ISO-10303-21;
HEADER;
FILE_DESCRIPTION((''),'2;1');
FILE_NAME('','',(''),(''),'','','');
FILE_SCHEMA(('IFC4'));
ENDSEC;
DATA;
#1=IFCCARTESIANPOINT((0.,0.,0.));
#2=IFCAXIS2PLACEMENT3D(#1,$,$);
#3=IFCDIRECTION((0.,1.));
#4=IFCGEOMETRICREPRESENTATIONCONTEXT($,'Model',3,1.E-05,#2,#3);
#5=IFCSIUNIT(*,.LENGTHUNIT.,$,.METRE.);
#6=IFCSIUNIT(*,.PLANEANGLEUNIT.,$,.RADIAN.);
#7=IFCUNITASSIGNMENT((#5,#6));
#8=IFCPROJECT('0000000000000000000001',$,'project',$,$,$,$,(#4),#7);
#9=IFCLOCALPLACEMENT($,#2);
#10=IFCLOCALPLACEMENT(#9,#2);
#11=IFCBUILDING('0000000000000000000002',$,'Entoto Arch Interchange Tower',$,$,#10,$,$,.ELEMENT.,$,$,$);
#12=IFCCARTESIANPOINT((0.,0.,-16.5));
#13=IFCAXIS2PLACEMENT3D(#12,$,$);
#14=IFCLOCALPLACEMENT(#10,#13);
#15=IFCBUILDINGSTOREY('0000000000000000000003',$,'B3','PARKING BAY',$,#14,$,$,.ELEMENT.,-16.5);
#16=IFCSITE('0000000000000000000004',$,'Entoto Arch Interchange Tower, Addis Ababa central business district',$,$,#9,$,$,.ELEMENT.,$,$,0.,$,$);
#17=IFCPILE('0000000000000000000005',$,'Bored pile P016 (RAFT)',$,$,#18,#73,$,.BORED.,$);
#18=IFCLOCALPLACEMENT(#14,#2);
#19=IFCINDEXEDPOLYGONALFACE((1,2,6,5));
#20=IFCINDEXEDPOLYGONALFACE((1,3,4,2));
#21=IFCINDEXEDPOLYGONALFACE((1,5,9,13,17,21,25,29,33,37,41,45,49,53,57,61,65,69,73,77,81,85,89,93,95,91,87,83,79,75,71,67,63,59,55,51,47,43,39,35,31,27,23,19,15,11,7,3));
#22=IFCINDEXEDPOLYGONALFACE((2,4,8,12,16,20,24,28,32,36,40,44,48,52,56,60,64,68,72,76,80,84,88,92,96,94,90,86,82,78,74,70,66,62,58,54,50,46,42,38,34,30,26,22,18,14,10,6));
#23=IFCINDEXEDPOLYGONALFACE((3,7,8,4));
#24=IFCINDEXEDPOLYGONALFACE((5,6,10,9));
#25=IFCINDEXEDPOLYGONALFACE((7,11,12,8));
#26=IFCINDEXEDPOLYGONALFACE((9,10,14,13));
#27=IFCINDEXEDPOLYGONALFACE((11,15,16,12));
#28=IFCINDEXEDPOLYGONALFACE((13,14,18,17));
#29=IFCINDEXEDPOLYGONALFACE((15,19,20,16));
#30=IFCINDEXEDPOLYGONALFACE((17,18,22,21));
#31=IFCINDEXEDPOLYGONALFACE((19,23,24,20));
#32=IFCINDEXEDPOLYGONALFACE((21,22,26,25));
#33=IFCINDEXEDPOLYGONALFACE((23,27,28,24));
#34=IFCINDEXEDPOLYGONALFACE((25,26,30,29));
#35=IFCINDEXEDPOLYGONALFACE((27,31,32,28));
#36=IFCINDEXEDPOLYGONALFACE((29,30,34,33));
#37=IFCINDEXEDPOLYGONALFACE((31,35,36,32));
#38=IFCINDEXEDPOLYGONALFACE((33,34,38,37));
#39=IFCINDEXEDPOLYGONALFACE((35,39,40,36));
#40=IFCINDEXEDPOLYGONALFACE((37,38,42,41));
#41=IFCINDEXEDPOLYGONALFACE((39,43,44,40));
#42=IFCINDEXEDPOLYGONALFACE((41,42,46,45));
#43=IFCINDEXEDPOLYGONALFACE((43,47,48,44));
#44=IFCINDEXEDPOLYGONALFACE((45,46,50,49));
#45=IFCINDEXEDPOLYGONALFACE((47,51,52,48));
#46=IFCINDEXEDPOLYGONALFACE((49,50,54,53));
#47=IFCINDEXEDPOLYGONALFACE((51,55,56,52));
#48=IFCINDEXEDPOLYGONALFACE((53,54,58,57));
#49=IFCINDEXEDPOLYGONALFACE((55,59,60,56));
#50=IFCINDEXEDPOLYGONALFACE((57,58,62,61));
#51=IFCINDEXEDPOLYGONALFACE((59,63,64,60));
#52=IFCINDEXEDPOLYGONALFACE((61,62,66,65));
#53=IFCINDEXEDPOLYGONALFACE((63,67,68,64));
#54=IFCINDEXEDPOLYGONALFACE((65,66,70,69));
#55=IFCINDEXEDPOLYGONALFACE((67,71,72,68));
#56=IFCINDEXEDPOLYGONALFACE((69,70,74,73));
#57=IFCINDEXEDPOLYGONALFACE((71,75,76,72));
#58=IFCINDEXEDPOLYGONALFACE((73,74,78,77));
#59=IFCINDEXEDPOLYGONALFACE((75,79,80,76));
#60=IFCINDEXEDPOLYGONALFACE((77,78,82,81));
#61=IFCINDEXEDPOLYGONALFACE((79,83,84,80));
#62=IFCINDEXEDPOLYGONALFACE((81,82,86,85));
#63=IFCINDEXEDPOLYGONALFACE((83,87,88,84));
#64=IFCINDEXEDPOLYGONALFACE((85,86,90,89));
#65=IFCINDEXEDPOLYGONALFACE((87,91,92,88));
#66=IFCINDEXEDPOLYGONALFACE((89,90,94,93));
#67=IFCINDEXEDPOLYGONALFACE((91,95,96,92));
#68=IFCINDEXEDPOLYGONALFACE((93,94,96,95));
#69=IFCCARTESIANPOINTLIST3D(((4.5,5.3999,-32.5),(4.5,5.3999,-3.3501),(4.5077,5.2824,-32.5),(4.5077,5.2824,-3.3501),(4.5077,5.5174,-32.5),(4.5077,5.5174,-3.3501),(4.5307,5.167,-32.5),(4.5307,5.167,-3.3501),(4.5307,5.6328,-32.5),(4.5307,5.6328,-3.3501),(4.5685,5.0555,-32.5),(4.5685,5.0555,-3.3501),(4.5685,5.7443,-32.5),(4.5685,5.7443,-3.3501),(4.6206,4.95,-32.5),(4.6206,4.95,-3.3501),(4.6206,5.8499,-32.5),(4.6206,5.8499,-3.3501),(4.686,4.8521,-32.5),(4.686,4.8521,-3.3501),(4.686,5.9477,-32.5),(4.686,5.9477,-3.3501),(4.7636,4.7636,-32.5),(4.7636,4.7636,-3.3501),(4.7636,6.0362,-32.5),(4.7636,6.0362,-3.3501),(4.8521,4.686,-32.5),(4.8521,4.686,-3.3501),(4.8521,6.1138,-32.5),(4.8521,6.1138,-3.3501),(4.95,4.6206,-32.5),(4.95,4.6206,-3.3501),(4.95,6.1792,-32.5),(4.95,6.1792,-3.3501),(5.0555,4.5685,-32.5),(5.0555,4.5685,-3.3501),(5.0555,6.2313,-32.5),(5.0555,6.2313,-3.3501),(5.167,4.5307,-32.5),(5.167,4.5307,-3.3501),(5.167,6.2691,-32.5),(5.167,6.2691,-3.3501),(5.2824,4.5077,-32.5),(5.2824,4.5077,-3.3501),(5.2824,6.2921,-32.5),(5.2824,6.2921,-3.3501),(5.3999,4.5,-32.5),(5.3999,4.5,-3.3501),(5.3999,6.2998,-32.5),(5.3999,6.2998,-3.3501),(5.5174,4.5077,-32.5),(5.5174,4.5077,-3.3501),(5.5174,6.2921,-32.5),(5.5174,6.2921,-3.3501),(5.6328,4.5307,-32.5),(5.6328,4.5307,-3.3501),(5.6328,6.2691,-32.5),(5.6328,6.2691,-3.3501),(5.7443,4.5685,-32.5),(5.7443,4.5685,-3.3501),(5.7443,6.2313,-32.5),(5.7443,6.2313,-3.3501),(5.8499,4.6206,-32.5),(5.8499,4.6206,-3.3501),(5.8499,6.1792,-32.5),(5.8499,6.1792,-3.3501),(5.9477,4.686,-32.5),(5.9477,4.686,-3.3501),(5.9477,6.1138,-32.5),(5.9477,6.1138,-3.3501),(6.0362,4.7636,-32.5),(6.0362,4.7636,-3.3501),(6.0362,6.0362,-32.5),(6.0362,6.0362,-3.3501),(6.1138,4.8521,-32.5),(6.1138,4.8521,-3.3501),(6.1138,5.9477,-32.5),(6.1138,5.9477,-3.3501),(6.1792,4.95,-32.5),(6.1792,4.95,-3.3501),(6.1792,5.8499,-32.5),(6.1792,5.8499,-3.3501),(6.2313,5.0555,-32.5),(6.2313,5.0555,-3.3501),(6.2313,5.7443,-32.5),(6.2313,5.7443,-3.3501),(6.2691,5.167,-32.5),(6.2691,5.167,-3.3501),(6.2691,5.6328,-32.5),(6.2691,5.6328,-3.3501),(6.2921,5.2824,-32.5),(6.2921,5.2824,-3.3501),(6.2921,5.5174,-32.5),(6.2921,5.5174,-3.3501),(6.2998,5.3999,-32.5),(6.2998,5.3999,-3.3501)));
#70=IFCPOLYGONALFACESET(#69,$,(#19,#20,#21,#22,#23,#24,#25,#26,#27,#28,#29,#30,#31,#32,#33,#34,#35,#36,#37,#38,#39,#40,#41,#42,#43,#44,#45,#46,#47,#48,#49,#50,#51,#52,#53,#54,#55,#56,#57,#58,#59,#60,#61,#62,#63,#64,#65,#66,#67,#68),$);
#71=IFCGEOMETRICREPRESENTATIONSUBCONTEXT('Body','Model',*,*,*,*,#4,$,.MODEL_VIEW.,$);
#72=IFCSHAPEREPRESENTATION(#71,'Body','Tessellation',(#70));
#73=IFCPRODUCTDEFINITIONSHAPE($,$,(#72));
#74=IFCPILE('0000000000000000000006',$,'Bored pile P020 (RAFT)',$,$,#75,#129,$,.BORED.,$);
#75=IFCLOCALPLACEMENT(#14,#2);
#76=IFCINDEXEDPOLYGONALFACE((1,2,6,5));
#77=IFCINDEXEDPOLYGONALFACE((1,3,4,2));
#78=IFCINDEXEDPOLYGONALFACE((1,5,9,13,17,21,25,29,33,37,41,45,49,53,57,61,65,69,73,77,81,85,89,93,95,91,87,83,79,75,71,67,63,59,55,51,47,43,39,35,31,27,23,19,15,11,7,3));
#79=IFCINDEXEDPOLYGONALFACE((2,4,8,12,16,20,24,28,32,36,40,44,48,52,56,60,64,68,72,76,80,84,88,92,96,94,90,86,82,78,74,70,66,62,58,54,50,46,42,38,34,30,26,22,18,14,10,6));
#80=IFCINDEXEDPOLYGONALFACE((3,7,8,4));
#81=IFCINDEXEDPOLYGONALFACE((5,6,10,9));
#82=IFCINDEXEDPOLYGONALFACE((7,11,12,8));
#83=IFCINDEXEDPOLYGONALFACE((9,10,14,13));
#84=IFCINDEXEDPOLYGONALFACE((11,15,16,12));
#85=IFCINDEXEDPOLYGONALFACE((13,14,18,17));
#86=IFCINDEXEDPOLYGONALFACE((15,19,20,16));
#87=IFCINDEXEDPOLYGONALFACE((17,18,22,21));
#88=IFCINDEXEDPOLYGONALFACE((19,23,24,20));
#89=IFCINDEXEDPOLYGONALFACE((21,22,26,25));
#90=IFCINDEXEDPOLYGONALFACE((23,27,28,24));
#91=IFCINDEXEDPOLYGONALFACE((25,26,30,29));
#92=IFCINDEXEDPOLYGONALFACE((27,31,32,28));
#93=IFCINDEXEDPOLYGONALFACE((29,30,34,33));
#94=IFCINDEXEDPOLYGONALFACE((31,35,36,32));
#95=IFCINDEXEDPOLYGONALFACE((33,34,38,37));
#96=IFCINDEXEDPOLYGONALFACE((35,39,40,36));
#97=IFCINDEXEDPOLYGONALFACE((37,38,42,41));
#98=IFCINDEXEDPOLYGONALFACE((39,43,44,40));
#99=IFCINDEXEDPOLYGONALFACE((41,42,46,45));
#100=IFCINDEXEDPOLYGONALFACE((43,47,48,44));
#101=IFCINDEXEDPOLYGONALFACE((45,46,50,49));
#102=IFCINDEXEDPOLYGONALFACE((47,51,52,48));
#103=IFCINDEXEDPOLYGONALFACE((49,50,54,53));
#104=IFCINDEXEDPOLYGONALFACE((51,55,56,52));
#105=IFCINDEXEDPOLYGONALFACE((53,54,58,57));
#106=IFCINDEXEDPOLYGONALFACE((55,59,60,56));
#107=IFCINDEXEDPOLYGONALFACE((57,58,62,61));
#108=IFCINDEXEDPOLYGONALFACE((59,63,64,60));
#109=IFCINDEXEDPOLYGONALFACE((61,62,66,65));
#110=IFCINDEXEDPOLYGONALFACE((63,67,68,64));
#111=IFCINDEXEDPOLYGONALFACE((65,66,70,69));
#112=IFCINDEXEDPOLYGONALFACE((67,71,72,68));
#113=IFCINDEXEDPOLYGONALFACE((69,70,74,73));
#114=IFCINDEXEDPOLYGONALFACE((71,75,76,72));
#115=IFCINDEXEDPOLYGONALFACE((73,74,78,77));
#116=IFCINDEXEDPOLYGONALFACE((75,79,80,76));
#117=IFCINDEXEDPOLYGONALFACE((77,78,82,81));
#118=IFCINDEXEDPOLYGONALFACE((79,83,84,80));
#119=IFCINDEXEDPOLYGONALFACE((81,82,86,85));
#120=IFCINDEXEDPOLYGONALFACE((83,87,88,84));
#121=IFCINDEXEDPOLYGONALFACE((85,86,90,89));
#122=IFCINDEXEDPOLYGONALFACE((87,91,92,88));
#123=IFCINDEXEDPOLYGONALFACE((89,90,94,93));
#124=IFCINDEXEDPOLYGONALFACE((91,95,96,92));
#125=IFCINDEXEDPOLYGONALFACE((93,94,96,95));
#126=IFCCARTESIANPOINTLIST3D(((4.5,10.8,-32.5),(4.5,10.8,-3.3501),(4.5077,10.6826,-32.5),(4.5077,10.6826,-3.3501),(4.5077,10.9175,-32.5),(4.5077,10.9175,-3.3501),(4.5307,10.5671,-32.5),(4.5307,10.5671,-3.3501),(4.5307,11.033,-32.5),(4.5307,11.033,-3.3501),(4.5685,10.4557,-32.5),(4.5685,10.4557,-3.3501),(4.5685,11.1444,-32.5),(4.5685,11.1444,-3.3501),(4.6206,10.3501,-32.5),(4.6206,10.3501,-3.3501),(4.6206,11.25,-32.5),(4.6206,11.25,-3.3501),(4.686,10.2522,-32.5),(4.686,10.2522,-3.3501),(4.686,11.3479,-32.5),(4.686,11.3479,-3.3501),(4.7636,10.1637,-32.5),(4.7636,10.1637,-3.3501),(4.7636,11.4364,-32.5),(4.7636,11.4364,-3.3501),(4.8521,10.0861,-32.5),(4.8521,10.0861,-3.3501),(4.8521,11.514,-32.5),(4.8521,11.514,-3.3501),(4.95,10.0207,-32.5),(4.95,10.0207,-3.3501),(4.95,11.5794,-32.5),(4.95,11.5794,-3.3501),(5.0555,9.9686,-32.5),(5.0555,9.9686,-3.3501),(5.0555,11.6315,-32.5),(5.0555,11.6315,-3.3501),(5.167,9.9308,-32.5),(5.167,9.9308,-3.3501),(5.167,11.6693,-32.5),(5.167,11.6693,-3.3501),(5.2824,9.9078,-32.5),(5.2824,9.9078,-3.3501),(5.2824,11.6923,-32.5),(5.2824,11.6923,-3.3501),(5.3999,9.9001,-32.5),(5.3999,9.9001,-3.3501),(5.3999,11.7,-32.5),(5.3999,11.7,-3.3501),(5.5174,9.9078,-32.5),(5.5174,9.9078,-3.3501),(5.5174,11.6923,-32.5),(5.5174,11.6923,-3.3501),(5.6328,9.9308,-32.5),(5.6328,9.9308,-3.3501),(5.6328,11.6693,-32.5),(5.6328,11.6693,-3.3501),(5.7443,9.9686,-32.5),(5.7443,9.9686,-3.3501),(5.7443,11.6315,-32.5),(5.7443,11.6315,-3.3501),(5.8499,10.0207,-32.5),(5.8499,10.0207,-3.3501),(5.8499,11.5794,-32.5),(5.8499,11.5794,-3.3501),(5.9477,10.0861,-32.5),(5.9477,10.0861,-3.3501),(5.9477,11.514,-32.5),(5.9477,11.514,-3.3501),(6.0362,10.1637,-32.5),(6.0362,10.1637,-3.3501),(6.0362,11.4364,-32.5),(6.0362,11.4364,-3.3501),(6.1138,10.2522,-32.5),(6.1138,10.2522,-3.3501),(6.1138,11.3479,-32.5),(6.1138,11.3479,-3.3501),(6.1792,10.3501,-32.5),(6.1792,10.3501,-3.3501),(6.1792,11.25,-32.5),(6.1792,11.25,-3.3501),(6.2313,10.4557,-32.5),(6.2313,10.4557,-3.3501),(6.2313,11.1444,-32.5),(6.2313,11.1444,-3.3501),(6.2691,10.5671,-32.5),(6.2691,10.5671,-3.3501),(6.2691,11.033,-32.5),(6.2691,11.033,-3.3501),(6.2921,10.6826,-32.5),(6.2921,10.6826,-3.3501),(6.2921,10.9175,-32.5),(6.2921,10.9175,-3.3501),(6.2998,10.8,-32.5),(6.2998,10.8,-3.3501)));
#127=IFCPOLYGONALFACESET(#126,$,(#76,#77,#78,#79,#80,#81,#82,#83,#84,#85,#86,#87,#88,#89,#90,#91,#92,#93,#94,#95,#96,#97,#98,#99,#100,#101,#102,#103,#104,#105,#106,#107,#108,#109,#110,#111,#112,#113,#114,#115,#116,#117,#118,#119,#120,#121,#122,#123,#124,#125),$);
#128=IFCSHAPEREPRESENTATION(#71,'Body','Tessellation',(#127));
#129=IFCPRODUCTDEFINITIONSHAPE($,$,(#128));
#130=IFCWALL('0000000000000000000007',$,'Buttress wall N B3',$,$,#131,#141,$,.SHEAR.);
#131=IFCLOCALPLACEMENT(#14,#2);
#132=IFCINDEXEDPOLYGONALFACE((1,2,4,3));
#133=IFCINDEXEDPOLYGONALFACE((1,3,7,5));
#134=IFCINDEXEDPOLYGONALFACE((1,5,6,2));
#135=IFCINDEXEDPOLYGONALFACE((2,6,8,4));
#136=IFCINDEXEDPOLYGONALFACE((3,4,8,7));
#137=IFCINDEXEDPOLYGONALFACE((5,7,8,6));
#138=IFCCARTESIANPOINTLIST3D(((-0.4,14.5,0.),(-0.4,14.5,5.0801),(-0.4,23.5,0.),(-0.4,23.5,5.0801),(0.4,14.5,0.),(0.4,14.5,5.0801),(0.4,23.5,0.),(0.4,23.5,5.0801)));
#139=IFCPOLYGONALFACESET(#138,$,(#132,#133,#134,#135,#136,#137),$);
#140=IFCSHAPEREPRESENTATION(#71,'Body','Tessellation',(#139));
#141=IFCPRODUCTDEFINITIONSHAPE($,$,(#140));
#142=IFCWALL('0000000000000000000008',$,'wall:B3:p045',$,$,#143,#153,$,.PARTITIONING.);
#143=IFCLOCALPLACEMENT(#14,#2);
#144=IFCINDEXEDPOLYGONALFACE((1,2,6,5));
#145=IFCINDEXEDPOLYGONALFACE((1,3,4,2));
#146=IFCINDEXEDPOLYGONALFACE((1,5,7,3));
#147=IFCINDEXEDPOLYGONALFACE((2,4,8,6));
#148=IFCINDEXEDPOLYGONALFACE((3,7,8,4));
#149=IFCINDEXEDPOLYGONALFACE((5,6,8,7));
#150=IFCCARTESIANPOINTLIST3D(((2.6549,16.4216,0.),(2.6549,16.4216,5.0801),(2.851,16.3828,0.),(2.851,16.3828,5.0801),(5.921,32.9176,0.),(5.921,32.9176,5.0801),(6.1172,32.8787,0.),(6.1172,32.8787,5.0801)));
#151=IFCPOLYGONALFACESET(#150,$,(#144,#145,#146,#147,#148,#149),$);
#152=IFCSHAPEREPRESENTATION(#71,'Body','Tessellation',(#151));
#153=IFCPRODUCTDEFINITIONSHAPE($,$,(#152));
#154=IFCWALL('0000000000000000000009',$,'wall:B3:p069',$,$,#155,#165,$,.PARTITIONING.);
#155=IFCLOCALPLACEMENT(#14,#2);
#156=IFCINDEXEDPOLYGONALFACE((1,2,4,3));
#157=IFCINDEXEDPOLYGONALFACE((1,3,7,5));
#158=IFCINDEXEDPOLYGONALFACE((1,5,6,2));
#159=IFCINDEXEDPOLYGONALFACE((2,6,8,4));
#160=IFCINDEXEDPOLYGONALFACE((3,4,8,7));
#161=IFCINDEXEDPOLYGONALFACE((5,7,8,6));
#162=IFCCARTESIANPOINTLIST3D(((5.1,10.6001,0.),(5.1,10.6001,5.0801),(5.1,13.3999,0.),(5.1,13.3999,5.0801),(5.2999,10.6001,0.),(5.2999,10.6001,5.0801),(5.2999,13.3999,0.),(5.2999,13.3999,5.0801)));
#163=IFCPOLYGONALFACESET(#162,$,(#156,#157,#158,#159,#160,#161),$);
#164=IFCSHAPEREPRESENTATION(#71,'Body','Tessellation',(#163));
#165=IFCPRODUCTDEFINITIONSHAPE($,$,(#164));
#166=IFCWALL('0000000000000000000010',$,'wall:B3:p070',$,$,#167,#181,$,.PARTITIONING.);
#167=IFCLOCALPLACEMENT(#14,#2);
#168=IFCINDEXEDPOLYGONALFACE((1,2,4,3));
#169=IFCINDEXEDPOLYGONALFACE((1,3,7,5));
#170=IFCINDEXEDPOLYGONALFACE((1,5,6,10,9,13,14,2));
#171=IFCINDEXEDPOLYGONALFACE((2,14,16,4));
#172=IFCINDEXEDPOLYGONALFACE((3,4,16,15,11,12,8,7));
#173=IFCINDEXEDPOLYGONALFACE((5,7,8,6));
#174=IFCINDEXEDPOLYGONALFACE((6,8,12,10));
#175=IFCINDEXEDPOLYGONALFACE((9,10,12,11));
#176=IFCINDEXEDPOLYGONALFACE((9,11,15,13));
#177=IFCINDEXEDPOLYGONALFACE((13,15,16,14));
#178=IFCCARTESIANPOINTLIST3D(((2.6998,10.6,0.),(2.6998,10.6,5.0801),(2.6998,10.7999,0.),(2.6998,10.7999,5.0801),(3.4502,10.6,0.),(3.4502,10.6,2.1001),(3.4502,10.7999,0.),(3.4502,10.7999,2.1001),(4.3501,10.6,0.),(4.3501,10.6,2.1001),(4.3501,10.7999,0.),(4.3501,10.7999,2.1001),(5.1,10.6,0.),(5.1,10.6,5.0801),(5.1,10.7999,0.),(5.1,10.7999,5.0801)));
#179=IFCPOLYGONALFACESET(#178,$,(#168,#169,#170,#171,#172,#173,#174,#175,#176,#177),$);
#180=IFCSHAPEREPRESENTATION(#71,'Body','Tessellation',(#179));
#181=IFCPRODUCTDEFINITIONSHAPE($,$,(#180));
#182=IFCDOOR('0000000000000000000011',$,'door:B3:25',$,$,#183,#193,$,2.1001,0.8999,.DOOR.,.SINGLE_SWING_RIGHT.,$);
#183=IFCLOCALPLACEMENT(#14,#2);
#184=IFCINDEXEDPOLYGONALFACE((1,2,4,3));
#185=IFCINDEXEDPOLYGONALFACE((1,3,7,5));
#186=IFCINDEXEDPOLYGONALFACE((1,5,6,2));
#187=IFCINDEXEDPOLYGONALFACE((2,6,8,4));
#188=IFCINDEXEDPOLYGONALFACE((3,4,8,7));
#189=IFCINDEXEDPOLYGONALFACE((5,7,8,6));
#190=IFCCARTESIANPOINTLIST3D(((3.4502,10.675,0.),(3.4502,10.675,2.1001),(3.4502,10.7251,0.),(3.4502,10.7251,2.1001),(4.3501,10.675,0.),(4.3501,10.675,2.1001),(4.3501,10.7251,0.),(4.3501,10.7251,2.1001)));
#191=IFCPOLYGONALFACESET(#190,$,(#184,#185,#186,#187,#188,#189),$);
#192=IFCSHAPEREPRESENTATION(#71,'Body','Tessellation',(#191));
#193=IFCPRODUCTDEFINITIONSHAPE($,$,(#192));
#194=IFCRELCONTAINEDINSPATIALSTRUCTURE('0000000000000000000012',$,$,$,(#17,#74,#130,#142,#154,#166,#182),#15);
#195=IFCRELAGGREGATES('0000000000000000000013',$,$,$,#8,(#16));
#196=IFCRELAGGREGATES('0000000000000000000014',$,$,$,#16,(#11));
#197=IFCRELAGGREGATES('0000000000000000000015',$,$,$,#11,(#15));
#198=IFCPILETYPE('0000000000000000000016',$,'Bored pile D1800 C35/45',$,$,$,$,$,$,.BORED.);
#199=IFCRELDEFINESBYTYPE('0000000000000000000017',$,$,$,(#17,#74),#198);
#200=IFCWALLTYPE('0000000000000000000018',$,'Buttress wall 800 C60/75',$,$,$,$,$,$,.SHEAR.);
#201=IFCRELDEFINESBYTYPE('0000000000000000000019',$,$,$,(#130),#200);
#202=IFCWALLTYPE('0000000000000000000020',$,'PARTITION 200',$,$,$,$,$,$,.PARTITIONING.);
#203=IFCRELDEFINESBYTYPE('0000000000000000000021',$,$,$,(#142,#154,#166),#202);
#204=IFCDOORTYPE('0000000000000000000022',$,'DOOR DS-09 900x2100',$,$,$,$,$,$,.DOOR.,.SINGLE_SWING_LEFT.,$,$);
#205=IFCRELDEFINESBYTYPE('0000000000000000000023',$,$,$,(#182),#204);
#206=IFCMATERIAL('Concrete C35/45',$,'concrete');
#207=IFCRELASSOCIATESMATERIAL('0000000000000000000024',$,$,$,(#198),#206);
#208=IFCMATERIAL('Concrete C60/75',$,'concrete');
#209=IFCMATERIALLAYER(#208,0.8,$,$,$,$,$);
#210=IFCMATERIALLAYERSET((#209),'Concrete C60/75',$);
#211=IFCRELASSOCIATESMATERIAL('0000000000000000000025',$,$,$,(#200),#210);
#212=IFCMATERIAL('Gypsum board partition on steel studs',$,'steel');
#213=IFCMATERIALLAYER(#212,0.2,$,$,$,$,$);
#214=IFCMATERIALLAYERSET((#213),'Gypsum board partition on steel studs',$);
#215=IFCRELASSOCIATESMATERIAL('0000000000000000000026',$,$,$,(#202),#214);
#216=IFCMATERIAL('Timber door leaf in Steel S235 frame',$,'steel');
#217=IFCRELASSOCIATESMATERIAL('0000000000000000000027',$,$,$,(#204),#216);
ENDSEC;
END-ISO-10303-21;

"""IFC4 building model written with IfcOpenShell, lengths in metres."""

from ifc_helpers import new_model, si_unit, direction, frame, frame_2d, origin, origin_2d, place, context, subcontext, project, spatial, rectangle, circle, extrude, material, layer, layer_set, material_profile, profile_set, type_object, element, fill, save


model = new_model("IFC4")

# Units and contexts
model_context = context("Model", 3, precision=1e-05, world=origin(), true_north=direction((0.0, 1.0)))
body_context = subcontext(model_context, "Body", "Model", "MODEL_VIEW")
ifc_project = project(units=[si_unit("LENGTHUNIT", "METRE"), si_unit("PLANEANGLEUNIT", "RADIAN")], contexts=[model_context])

# Site, building, storey
site_placement = place(None, origin())
site = spatial("IfcSite", under=ifc_project, at=site_placement, Name="Entoto Arch Interchange Tower, Addis Ababa central business district", CompositionType="ELEMENT", RefElevation=0.0)
building_placement = place(site_placement, origin())
building = spatial("IfcBuilding", under=site, at=building_placement, Name="Entoto Arch Interchange Tower", CompositionType="ELEMENT")
storey_placement = place(building_placement, frame((0.0, 0.0, -16.5)))
storey = spatial("IfcBuildingStorey", under=building, at=storey_placement, Name="B3", Description="PARKING BAY", CompositionType="ELEMENT", Elevation=-16.5)

# Piles
ifc_material_1 = material(Name="Concrete C35/45", Category="concrete")
ifc_material_profile = material_profile(ifc_material_1, circle(Radius=0.8999, at=origin_2d()))
ifc_profile_set = profile_set([ifc_material_profile], Name="Concrete C35/45")
pile_type = type_object("IfcPileType", Name="Bored pile D1800 C35/45", PredefinedType="BORED", material=ifc_profile_set)
for number, where, z_axis, x_axis, name in (
    (1, (5.3999, 5.3999, -3.3501), (0.0, 0.0, -1.0), (1.0, 0.0, 0.0), "Bored pile P016 (RAFT)"),
    (2, (5.3999, 10.8, -3.3501), (0.0, 0.0, -1.0), (1.0, 0.0, 0.0), "Bored pile P020 (RAFT)"),
):
    element("IfcPile", number, at=place(storey_placement, frame(where, z_axis=z_axis, x_axis=x_axis)), inside=storey, type_object=pile_type, Name=name, PredefinedType="BORED", context=body_context, shape_type="SweptSolid", body=[
        extrude(circle(Radius=0.8999, at=origin_2d()), origin(), (0.0, 0.0, 1.0), 29.1499),
    ])

# Walls
ifc_material_2 = material(Name="Concrete C60/75", Category="concrete")
ifc_layer_1 = layer(ifc_material_2, 0.8)
ifc_layer_set_1 = layer_set([ifc_layer_1], Name="Concrete C60/75")
wall_type_1 = type_object("IfcWallType", Name="Buttress wall 800 C60/75", PredefinedType="SHEAR", material=ifc_layer_set_1)
wall_1_placement = place(storey_placement, frame((0.0, 14.5, 0.0), z_axis=(0.0, 0.0, 1.0), x_axis=(0.0, 1.0, 0.0)))
element("IfcWall", 3, at=wall_1_placement, inside=storey, type_object=wall_type_1, Name="Buttress wall N B3", PredefinedType="SHEAR", context=body_context, shape_type="SweptSolid", body=[
    extrude(rectangle(XDim=9.0, YDim=0.8, at=frame_2d((4.5, 0.0))), origin(), (0.0, 0.0, 1.0), 5.0801),
])
ifc_material_3 = material(Name="Gypsum board partition on steel studs", Category="steel")
ifc_layer_2 = layer(ifc_material_3, 0.2)
ifc_layer_set_2 = layer_set([ifc_layer_2], Name="Gypsum board partition on steel studs")
wall_type_2 = type_object("IfcWallType", Name="PARTITION 200", PredefinedType="PARTITIONING", material=ifc_layer_set_2)
wall_2_placement = place(storey_placement, frame((2.7529, 16.4021, 0.0), z_axis=(0.0, 0.0, 1.0), x_axis=(0.194226, 0.980957, 0.0)))
element("IfcWall", 4, at=wall_2_placement, inside=storey, type_object=wall_type_2, Name="wall:B3:p045", PredefinedType="PARTITIONING", context=body_context, shape_type="SweptSolid", body=[
    extrude(rectangle(XDim=16.8162, YDim=0.2, at=frame_2d((8.4082, 0.0))), origin(), (0.0, 0.0, 1.0), 5.0801),
])
wall_3_placement = place(storey_placement, frame((5.2, 13.3999, 0.0), z_axis=(0.0, 0.0, 1.0), x_axis=(0.0, -1.0, 0.0)))
element("IfcWall", 5, at=wall_3_placement, inside=storey, type_object=wall_type_2, Name="wall:B3:p069", PredefinedType="PARTITIONING", context=body_context, shape_type="SweptSolid", body=[
    extrude(rectangle(XDim=2.7998, YDim=0.2, at=frame_2d((1.3999, 0.0))), origin(), (0.0, 0.0, 1.0), 5.0801),
])

# Wall, opening, door
wall_4_placement = place(storey_placement, frame((5.1001, 10.7, 0.0), z_axis=(0.0, 0.0, 1.0), x_axis=(-1.0, 0.0, 0.0)))
wall_4 = element("IfcWall", 6, at=wall_4_placement, inside=storey, type_object=wall_type_2, Name="wall:B3:p070", PredefinedType="PARTITIONING", context=body_context, shape_type="SweptSolid", body=[
    extrude(rectangle(XDim=2.4001, YDim=0.2, at=frame_2d((1.2002, 0.0))), origin(), (0.0, 0.0, 1.0), 5.0801),
])
opening_placement = place(wall_4_placement, frame((0.75, 0.0, 0.0)))
opening = element("IfcOpeningElement", 7, at=opening_placement, cuts=wall_4, PredefinedType="OPENING", context=body_context, shape_type="SweptSolid", body=[
    extrude(rectangle(XDim=0.8999, YDim=2.1001, at=frame_2d((0.45, 1.05))), frame((0.0, 0.1099, 0.0), z_axis=(0.0, -1.0, 0.0), x_axis=(1.0, 0.0, 0.0)), (0.0, 0.0, 1.0), 0.22),
])
ifc_material_4 = material(Name="Timber door leaf in Steel S235 frame", Category="steel")
door_type = type_object("IfcDoorType", Name="DOOR DS-09 900x2100", OperationType="SINGLE_SWING_LEFT", PredefinedType="DOOR", material=ifc_material_4)
door_placement = place(opening_placement, origin())
door = element("IfcDoor", 8, at=door_placement, inside=storey, type_object=door_type, Name="door:B3:25", OperationType="SINGLE_SWING_RIGHT", OverallHeight=2.1001, OverallWidth=0.8999, PredefinedType="DOOR", context=body_context, shape_type="SweptSolid", body=[
    extrude(rectangle(XDim=0.8999, YDim=2.1001, at=frame_2d((0.45, 1.05))), frame((0.0, 0.0249, 0.0), z_axis=(0.0, -1.0, 0.0), x_axis=(1.0, 0.0, 0.0)), (0.0, 0.0, 1.0), 0.05),
])
fill(opening, door)

save(model, "model.ifc")
